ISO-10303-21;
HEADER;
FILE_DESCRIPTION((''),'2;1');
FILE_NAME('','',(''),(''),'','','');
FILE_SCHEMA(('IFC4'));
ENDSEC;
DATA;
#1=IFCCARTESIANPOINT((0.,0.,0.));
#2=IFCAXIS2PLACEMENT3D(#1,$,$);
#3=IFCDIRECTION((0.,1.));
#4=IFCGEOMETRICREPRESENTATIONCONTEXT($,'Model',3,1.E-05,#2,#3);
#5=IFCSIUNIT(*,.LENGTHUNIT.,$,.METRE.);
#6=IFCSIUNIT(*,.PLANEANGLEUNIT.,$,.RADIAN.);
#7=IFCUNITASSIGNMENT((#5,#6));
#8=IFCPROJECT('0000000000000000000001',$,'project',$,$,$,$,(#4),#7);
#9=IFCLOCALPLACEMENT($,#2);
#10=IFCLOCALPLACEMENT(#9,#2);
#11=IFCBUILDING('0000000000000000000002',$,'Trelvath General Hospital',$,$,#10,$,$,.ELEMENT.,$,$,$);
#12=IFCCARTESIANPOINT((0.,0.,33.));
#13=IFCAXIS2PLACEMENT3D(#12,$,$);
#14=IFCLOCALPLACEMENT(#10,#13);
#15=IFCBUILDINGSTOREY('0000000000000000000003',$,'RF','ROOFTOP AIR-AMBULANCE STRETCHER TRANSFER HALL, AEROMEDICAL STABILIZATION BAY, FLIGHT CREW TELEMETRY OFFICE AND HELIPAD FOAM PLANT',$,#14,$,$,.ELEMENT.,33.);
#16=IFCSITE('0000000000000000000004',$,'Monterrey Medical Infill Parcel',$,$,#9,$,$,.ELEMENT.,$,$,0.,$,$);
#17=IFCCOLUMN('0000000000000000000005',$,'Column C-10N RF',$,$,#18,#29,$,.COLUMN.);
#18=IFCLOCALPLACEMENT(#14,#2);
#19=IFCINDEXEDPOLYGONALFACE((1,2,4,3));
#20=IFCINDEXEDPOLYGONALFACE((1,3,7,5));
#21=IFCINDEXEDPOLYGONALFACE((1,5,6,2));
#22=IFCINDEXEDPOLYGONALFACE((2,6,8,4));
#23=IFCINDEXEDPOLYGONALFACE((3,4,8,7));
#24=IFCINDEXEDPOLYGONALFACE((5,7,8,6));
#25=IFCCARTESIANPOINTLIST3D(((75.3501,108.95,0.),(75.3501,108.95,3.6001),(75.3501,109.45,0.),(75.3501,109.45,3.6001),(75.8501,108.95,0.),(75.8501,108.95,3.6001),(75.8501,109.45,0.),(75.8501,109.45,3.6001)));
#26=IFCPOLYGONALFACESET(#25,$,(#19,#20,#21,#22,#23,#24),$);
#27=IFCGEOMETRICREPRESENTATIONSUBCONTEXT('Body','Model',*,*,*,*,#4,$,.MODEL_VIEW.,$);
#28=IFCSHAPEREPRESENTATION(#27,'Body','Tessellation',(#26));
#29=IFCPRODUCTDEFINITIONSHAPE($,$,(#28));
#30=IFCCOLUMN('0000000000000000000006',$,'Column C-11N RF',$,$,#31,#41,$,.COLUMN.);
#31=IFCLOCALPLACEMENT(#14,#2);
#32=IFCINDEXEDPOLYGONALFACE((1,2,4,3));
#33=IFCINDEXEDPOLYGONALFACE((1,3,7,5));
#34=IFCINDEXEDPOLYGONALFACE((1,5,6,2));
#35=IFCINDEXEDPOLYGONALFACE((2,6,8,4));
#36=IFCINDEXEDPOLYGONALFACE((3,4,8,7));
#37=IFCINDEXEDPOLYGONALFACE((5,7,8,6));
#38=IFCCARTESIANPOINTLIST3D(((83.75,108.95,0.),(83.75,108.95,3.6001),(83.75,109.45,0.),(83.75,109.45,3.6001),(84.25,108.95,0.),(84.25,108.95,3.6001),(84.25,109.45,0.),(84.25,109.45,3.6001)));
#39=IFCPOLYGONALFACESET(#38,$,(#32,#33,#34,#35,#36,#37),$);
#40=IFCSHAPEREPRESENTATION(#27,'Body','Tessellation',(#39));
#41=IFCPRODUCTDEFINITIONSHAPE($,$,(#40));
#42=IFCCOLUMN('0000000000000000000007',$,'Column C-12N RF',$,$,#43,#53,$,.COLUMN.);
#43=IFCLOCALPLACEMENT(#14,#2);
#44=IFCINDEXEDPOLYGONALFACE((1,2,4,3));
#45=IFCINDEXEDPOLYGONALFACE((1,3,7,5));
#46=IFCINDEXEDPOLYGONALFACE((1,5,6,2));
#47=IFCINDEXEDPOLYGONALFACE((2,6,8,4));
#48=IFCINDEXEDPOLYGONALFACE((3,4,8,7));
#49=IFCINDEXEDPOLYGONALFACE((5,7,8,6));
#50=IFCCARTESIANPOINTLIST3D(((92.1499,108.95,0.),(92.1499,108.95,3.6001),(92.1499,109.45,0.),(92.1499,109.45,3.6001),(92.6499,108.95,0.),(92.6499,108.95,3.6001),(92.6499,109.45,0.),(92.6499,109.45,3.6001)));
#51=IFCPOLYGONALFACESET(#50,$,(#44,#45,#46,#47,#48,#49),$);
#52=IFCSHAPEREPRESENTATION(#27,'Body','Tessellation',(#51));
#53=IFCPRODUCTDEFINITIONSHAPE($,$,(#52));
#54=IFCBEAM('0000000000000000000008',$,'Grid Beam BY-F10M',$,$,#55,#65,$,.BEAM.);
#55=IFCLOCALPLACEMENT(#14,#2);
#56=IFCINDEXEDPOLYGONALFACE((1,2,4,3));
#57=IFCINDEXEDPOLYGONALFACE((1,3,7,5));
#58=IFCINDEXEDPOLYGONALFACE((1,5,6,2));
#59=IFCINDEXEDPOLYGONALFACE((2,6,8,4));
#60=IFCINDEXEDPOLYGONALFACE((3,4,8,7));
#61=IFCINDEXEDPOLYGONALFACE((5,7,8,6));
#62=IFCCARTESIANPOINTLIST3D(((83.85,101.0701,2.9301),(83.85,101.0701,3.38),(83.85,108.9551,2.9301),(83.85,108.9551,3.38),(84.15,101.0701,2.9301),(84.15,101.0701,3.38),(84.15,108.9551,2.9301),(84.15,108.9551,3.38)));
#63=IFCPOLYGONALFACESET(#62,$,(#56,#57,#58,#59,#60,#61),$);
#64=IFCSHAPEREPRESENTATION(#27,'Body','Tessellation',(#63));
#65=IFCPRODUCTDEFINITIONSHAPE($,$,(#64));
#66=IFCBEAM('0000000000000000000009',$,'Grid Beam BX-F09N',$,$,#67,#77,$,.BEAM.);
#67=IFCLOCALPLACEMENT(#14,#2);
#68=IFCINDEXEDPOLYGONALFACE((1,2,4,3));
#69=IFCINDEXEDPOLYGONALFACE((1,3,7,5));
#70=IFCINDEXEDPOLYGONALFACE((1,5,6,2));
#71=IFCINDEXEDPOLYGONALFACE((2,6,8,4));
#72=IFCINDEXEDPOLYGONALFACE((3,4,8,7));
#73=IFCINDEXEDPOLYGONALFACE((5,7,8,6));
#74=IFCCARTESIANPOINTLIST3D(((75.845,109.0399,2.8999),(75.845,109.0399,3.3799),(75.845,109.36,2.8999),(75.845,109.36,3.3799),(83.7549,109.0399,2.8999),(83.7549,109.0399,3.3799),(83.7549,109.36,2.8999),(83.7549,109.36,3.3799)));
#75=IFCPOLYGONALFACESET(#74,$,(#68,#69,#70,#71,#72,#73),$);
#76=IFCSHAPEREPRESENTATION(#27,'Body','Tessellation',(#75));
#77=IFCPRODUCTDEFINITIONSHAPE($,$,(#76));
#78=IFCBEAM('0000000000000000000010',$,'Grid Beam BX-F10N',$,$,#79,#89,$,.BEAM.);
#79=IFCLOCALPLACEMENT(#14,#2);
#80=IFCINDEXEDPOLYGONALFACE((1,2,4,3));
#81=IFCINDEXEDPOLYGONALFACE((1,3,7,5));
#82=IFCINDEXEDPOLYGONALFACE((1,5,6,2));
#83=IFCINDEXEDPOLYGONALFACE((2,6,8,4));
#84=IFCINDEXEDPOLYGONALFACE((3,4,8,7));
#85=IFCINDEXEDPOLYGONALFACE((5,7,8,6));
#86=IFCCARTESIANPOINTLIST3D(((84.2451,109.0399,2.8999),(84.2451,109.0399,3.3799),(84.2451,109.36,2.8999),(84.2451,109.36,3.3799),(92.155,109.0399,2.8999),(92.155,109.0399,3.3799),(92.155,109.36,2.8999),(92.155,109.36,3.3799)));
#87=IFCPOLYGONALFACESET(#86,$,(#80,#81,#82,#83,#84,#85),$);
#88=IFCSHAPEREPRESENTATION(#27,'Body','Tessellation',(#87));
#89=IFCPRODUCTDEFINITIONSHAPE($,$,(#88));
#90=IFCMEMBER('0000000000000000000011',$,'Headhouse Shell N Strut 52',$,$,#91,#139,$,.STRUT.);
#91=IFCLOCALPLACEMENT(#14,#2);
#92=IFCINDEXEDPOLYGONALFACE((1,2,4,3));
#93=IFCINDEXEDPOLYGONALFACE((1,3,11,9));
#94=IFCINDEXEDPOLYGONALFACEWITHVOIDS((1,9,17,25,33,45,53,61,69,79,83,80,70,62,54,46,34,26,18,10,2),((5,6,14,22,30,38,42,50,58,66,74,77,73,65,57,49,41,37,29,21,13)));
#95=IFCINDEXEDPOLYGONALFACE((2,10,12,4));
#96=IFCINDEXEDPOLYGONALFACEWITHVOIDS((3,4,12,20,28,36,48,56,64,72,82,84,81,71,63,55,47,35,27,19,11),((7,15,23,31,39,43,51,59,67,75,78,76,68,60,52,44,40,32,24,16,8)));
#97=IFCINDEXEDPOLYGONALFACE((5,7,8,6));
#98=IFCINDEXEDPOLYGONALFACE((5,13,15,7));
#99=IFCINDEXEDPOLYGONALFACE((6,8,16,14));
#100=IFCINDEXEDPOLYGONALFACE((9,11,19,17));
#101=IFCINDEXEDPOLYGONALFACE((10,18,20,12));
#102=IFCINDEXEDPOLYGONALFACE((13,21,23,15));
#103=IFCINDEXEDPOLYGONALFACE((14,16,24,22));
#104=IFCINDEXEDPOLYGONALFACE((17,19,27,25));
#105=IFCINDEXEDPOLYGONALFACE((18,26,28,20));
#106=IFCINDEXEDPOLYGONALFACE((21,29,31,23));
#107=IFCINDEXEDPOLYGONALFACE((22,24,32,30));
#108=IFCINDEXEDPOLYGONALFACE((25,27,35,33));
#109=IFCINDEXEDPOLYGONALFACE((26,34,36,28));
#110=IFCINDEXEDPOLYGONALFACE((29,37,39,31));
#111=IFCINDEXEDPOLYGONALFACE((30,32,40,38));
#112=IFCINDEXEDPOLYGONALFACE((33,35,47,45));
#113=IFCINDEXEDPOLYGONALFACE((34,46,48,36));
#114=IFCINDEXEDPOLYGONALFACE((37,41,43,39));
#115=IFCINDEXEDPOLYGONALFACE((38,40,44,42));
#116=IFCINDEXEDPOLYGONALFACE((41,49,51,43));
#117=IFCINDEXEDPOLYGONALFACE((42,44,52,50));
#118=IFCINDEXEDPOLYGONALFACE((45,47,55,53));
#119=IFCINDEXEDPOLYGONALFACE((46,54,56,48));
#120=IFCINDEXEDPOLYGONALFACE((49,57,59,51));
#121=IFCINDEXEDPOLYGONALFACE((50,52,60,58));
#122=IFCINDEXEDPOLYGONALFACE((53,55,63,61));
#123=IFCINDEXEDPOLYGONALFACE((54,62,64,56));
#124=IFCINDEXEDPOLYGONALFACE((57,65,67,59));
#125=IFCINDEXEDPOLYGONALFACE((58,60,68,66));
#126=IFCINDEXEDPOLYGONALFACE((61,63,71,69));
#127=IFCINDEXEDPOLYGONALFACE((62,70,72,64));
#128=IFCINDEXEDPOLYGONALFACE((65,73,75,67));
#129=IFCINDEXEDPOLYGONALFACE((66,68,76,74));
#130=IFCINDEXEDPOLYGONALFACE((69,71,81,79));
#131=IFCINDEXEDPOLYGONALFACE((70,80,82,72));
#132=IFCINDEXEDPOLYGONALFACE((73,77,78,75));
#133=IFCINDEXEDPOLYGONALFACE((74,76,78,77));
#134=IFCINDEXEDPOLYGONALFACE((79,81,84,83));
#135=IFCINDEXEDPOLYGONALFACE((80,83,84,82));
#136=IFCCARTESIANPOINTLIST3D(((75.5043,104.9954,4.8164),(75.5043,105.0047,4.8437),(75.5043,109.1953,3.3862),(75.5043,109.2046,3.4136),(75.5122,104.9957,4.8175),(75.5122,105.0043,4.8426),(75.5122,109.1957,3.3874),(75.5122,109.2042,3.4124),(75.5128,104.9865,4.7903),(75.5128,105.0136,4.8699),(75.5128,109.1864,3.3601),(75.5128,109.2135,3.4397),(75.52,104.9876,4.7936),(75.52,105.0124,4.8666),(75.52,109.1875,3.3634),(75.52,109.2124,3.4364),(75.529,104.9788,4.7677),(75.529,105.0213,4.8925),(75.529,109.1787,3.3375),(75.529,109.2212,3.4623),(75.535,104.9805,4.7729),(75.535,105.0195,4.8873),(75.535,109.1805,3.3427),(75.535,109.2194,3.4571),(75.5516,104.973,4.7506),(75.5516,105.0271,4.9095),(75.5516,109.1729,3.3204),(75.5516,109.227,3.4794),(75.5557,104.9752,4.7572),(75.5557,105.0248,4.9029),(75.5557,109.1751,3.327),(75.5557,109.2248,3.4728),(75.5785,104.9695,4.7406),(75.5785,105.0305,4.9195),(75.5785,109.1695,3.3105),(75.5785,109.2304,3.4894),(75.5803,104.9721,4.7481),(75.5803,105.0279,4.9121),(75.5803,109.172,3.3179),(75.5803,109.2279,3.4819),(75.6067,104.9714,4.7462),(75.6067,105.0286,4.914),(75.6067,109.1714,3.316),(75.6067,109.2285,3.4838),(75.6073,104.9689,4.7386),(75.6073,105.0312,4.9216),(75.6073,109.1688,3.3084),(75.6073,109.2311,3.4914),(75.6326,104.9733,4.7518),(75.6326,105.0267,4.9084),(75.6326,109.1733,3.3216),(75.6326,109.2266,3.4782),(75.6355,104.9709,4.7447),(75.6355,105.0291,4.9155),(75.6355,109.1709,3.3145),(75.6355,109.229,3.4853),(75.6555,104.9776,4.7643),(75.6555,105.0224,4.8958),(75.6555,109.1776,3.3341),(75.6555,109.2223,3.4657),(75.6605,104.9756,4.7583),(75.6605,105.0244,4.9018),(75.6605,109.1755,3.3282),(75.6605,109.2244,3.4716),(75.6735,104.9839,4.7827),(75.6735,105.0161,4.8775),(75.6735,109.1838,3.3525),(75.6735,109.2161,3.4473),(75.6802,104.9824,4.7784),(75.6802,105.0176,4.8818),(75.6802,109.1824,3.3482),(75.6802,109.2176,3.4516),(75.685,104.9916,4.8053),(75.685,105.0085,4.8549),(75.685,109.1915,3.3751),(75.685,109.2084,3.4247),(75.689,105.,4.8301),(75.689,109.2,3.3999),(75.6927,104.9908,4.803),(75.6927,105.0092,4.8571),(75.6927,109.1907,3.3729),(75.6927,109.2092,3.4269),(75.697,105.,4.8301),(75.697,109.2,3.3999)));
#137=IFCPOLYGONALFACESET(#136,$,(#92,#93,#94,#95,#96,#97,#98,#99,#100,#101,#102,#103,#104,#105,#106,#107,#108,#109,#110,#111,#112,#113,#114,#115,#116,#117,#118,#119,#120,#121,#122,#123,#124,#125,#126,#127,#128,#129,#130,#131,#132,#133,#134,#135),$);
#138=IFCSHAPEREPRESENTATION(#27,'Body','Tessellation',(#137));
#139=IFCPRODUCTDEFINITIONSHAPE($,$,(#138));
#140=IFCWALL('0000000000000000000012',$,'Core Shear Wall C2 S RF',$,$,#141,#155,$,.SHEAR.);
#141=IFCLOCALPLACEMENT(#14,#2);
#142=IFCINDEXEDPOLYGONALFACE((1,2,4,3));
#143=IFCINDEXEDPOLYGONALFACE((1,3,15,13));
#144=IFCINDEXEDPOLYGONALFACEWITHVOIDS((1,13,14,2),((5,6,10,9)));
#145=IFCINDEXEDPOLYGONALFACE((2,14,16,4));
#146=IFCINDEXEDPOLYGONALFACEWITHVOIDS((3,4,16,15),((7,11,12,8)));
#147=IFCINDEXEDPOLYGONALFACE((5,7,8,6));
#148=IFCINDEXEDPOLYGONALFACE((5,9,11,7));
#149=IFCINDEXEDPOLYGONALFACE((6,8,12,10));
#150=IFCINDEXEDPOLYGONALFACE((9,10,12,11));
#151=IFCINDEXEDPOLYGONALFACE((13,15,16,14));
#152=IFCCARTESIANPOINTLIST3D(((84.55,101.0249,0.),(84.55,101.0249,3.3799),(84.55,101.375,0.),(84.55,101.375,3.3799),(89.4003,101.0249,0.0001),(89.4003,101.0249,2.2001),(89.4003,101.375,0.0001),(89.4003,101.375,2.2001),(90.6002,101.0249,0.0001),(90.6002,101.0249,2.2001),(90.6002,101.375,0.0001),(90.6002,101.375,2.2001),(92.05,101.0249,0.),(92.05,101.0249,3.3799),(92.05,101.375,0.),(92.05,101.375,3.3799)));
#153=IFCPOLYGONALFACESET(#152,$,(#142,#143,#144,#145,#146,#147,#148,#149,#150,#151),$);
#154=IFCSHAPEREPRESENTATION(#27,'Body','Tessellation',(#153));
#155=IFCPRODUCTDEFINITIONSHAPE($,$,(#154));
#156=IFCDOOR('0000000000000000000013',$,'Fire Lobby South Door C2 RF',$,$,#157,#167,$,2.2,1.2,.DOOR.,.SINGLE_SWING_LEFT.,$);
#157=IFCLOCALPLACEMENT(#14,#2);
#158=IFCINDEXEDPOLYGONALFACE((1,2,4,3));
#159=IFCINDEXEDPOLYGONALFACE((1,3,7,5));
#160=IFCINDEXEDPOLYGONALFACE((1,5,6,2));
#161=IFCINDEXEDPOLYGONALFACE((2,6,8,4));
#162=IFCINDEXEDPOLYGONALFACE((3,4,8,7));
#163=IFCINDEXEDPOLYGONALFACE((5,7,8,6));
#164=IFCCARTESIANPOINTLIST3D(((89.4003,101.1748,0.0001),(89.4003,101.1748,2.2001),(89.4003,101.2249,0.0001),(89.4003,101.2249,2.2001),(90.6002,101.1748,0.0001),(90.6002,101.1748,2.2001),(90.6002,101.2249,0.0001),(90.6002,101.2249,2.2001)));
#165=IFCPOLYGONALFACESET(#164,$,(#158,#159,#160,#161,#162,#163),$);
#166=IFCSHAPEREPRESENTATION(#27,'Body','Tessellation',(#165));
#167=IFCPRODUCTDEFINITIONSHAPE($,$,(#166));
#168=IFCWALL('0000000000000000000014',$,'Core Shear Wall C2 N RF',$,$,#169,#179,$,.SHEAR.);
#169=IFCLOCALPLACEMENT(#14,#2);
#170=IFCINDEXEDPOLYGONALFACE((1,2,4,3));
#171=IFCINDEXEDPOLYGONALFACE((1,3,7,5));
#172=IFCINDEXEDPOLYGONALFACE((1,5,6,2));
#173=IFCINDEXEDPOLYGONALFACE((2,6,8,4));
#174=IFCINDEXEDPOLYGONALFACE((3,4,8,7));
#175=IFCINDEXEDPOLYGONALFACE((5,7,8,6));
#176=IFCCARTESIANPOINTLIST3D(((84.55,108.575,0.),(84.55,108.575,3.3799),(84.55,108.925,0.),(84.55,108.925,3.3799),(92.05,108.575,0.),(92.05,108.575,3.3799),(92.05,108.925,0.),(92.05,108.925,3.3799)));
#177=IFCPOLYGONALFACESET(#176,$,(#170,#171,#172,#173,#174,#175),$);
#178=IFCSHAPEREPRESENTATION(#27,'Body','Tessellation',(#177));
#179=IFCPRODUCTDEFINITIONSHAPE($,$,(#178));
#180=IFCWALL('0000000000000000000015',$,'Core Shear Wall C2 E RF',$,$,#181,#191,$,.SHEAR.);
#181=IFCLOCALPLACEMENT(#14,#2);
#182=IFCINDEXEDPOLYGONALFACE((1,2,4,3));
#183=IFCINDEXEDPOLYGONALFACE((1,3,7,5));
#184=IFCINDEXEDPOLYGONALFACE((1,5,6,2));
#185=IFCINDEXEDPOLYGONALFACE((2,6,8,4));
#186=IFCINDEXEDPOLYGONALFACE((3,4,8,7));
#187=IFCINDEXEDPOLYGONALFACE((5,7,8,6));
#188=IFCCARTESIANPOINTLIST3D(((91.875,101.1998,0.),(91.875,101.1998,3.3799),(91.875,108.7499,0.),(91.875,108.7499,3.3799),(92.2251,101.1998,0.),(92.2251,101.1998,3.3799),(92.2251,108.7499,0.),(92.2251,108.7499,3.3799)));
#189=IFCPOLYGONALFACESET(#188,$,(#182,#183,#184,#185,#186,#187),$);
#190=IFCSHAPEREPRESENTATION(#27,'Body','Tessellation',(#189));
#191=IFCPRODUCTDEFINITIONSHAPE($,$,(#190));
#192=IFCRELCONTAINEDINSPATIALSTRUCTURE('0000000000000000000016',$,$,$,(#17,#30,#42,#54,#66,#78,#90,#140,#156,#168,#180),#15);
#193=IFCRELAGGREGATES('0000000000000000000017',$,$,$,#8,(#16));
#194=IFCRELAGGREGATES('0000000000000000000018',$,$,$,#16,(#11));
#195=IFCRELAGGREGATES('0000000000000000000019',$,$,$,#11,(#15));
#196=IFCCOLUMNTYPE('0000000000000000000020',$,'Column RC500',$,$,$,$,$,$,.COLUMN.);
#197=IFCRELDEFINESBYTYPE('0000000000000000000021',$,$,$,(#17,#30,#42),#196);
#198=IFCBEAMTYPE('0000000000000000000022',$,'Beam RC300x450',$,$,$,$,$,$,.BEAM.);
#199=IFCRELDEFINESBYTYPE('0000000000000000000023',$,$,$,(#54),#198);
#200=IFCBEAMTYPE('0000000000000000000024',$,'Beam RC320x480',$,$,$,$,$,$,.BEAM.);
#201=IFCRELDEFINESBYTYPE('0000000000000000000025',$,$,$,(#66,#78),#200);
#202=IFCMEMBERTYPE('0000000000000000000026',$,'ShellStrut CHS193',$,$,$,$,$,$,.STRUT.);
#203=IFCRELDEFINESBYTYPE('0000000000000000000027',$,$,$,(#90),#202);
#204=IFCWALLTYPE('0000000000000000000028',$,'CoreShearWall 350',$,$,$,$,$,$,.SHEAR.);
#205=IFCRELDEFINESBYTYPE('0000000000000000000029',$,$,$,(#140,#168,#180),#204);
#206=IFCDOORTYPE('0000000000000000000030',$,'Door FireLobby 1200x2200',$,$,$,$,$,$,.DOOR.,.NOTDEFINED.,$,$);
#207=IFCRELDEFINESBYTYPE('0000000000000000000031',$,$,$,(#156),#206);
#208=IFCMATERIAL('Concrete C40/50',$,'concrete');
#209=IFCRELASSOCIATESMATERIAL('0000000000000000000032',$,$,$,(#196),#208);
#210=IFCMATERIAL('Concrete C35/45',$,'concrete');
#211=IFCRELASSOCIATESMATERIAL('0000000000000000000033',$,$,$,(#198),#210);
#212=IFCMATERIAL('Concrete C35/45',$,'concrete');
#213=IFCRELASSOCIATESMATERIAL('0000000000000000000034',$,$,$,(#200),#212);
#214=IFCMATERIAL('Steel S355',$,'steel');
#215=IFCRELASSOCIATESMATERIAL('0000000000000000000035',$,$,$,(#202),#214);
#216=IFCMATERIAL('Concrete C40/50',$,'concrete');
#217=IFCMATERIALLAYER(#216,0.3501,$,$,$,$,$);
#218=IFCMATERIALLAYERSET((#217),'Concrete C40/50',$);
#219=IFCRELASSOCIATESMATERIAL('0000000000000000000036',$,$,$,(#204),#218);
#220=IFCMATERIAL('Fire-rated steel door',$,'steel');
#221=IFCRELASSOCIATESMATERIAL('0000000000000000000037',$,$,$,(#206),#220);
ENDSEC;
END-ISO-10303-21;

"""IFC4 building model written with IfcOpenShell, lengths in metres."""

from ifc_helpers import new_model, si_unit, direction, frame, frame_2d, origin, origin_2d, place, context, subcontext, project, spatial, rectangle, hollow_circle, extrude, material, layer, layer_set, material_profile, profile_set, type_object, element, fill, save


model = new_model("IFC4")

# Units and contexts
model_context = context("Model", 3, precision=1e-05, world=origin(), true_north=direction((0.0, 1.0)))
body_context = subcontext(model_context, "Body", "Model", "MODEL_VIEW")
ifc_project = project(units=[si_unit("LENGTHUNIT", "METRE"), si_unit("PLANEANGLEUNIT", "RADIAN")], contexts=[model_context])

# Site, building, storey
site_placement = place(None, origin())
site = spatial("IfcSite", under=ifc_project, at=site_placement, Name="Monterrey Medical Infill Parcel", CompositionType="ELEMENT", RefElevation=0.0)
building_placement = place(site_placement, origin())
building = spatial("IfcBuilding", under=site, at=building_placement, Name="Trelvath General Hospital", CompositionType="ELEMENT")
storey_placement = place(building_placement, frame((0.0, 0.0, 33.0)))
storey = spatial("IfcBuildingStorey", under=building, at=storey_placement, Name="RF", Description="ROOFTOP AIR-AMBULANCE STRETCHER TRANSFER HALL, AEROMEDICAL STABILIZATION BAY, FLIGHT CREW TELEMETRY OFFICE AND HELIPAD FOAM PLANT", CompositionType="ELEMENT", Elevation=33.0)

# Columns
ifc_material_1 = material(Name="Concrete C40/50", Category="concrete")
ifc_material_profile_1 = material_profile(ifc_material_1, rectangle(XDim=0.5, YDim=0.5, at=origin_2d()), Name="RC500x500")
ifc_profile_set_1 = profile_set([ifc_material_profile_1], Name="Concrete C40/50")
column_type = type_object("IfcColumnType", Name="Column RC500", PredefinedType="COLUMN", material=ifc_profile_set_1)
for number, where, z_axis, x_axis, name in (
    (1, (75.6001, 109.2, 0.0), (0.0, 0.0, 1.0), (1.0, 0.0, 0.0), "Column C-10N RF"),
    (2, (84.0, 109.2, 0.0), (0.0, 0.0, 1.0), (1.0, 0.0, 0.0), "Column C-11N RF"),
    (3, (92.3999, 109.2, 0.0), (0.0, 0.0, 1.0), (1.0, 0.0, 0.0), "Column C-12N RF"),
):
    element("IfcColumn", number, at=place(storey_placement, frame(where, z_axis=z_axis, x_axis=x_axis)), inside=storey, type_object=column_type, Name=name, PredefinedType="COLUMN", context=body_context, shape_type="SweptSolid", body=[
        extrude(rectangle(XDim=0.5, YDim=0.5, at=origin_2d()), origin(), (0.0, 0.0, 1.0), 3.6001),
    ])

# Beams
ifc_material_2 = material(Name="Concrete C35/45", Category="concrete")
ifc_material_profile_2 = material_profile(ifc_material_2, rectangle(XDim=0.3, YDim=0.45, at=origin_2d()), Name="RCB300x450")
ifc_profile_set_2 = profile_set([ifc_material_profile_2], Name="Concrete C35/45")
beam_type_1 = type_object("IfcBeamType", Name="Beam RC300x450", PredefinedType="BEAM", material=ifc_profile_set_2)
beam_placement = place(storey_placement, frame((84.0, 101.0701, 3.155), z_axis=(0.0, 1.0, 0.0), x_axis=(-1.0, 0.0, 0.0)))
element("IfcBeam", 4, at=beam_placement, inside=storey, type_object=beam_type_1, Name="Grid Beam BY-F10M", PredefinedType="BEAM", context=body_context, shape_type="SweptSolid", body=[
    extrude(rectangle(XDim=0.3, YDim=0.45, at=origin_2d()), origin(), (0.0, 0.0, 1.0), 7.885),
])
ifc_material_3 = material(Name="Concrete C35/45", Category="concrete")
ifc_material_profile_3 = material_profile(ifc_material_3, rectangle(XDim=0.3201, YDim=0.48, at=origin_2d()), Name="RCB320x480")
ifc_profile_set_3 = profile_set([ifc_material_profile_3], Name="Concrete C35/45")
beam_type_2 = type_object("IfcBeamType", Name="Beam RC320x480", PredefinedType="BEAM", material=ifc_profile_set_3)
for number, where, z_axis, x_axis, name in (
    (5, (75.845, 109.2, 3.1399), (1.0, 0.0, 0.0), (0.0, 1.0, 0.0), "Grid Beam BX-F09N"),
    (6, (84.2451, 109.2, 3.1399), (1.0, 0.0, 0.0), (0.0, 1.0, 0.0), "Grid Beam BX-F10N"),
):
    element("IfcBeam", number, at=place(storey_placement, frame(where, z_axis=z_axis, x_axis=x_axis)), inside=storey, type_object=beam_type_2, Name=name, PredefinedType="BEAM", context=body_context, shape_type="SweptSolid", body=[
        extrude(rectangle(XDim=0.3201, YDim=0.48, at=origin_2d()), origin(), (0.0, 0.0, 1.0), 7.9099),
    ])

# Member
ifc_material_4 = material(Name="Steel S355", Category="steel")
ifc_material_profile_4 = material_profile(ifc_material_4, hollow_circle(Radius=0.0969, WallThickness=0.0081, at=origin_2d()), Name="CHS193.7x8.0")
ifc_profile_set_4 = profile_set([ifc_material_profile_4], Name="Steel S355")
member_type = type_object("IfcMemberType", Name="ShellStrut CHS193", PredefinedType="STRUT", material=ifc_profile_set_4)
member_placement = place(storey_placement, frame((75.6001, 109.2, 3.3999), z_axis=(0.0, -0.946622, 0.322346), x_axis=(1.0, 0.0, 0.0)))
element("IfcMember", 7, at=member_placement, inside=storey, type_object=member_type, Name="Headhouse Shell N Strut 52", PredefinedType="STRUT", context=body_context, shape_type="SweptSolid", body=[
    extrude(hollow_circle(Radius=0.0969, WallThickness=0.0081, at=origin_2d()), origin(), (0.0, 0.0, 1.0), 4.4368),
])

# Wall, opening, door
ifc_material_5 = material(Name="Concrete C40/50", Category="concrete")
ifc_layer_1 = layer(ifc_material_5, 0.3501)
ifc_layer_set_1 = layer_set([ifc_layer_1], Name="Concrete C40/50")
wall_type_1 = type_object("IfcWallType", Name="CoreShearWall 350", PredefinedType="SHEAR", material=ifc_layer_set_1)
wall_1_placement = place(storey_placement, frame((84.55, 101.2, 0.0), z_axis=(0.0, 0.0, 1.0), x_axis=(1.0, 0.0, 0.0)))
wall_1 = element("IfcWall", 8, at=wall_1_placement, inside=storey, type_object=wall_type_1, Name="Core Shear Wall C2 S RF", PredefinedType="SHEAR", context=body_context, shape_type="SweptSolid", body=[
    extrude(rectangle(XDim=7.5, YDim=0.3501, at=frame_2d((3.75, 0.0))), origin(), (0.0, 0.0, 1.0), 3.3799),
])
opening_1_placement = place(wall_1_placement, frame((4.8501, 0.0, 0.0)))
opening_1 = element("IfcOpeningElement", 9, at=opening_1_placement, cuts=wall_1, PredefinedType="OPENING", context=body_context, shape_type="SweptSolid", body=[
    extrude(rectangle(XDim=1.2, YDim=2.2, at=frame_2d((0.6001, 1.1001))), frame((0.0, 0.1851, 0.0), z_axis=(0.0, -1.0, 0.0), x_axis=(1.0, 0.0, 0.0)), (0.0, 0.0, 1.0), 0.3701),
])
ifc_material_6 = material(Name="Fire-rated steel door", Category="steel")
door_type_1 = type_object("IfcDoorType", Name="Door FireLobby 1200x2200", OperationType="NOTDEFINED", PredefinedType="DOOR", material=ifc_material_6)
door_1_placement = place(opening_1_placement, origin())
door_1 = element("IfcDoor", 10, at=door_1_placement, inside=storey, type_object=door_type_1, Name="Fire Lobby South Door C2 RF", OperationType="SINGLE_SWING_LEFT", OverallHeight=2.2, OverallWidth=1.2, PredefinedType="DOOR", context=body_context, shape_type="SweptSolid", body=[
    extrude(rectangle(XDim=1.2, YDim=2.2, at=frame_2d((0.6001, 1.1001))), frame((0.0, 0.0249, 0.0), z_axis=(0.0, -1.0, 0.0), x_axis=(1.0, 0.0, 0.0)), (0.0, 0.0, 1.0), 0.05),
])
fill(opening_1, door_1)

# Wall
wall_2_placement = place(storey_placement, frame((84.55, 108.75, 0.0), z_axis=(0.0, 0.0, 1.0), x_axis=(1.0, 0.0, 0.0)))
element("IfcWall", 11, at=wall_2_placement, inside=storey, type_object=wall_type_1, Name="Core Shear Wall C2 N RF", PredefinedType="SHEAR", context=body_context, shape_type="SweptSolid", body=[
    extrude(rectangle(XDim=7.5, YDim=0.3501, at=frame_2d((3.75, 0.0))), origin(), (0.0, 0.0, 1.0), 3.3799),
])

# Wall
wall_3_placement = place(storey_placement, frame((92.05, 101.2, 0.0), z_axis=(0.0, 0.0, 1.0), x_axis=(0.0, 1.0, 0.0)))
element("IfcWall", 12, at=wall_3_placement, inside=storey, type_object=wall_type_1, Name="Core Shear Wall C2 E RF", PredefinedType="SHEAR", context=body_context, shape_type="SweptSolid", body=[
    extrude(rectangle(XDim=7.55, YDim=0.3501, at=frame_2d((3.7749, 0.0))), origin(), (0.0, 0.0, 1.0), 3.3799),
])

save(model, "model.ifc")
